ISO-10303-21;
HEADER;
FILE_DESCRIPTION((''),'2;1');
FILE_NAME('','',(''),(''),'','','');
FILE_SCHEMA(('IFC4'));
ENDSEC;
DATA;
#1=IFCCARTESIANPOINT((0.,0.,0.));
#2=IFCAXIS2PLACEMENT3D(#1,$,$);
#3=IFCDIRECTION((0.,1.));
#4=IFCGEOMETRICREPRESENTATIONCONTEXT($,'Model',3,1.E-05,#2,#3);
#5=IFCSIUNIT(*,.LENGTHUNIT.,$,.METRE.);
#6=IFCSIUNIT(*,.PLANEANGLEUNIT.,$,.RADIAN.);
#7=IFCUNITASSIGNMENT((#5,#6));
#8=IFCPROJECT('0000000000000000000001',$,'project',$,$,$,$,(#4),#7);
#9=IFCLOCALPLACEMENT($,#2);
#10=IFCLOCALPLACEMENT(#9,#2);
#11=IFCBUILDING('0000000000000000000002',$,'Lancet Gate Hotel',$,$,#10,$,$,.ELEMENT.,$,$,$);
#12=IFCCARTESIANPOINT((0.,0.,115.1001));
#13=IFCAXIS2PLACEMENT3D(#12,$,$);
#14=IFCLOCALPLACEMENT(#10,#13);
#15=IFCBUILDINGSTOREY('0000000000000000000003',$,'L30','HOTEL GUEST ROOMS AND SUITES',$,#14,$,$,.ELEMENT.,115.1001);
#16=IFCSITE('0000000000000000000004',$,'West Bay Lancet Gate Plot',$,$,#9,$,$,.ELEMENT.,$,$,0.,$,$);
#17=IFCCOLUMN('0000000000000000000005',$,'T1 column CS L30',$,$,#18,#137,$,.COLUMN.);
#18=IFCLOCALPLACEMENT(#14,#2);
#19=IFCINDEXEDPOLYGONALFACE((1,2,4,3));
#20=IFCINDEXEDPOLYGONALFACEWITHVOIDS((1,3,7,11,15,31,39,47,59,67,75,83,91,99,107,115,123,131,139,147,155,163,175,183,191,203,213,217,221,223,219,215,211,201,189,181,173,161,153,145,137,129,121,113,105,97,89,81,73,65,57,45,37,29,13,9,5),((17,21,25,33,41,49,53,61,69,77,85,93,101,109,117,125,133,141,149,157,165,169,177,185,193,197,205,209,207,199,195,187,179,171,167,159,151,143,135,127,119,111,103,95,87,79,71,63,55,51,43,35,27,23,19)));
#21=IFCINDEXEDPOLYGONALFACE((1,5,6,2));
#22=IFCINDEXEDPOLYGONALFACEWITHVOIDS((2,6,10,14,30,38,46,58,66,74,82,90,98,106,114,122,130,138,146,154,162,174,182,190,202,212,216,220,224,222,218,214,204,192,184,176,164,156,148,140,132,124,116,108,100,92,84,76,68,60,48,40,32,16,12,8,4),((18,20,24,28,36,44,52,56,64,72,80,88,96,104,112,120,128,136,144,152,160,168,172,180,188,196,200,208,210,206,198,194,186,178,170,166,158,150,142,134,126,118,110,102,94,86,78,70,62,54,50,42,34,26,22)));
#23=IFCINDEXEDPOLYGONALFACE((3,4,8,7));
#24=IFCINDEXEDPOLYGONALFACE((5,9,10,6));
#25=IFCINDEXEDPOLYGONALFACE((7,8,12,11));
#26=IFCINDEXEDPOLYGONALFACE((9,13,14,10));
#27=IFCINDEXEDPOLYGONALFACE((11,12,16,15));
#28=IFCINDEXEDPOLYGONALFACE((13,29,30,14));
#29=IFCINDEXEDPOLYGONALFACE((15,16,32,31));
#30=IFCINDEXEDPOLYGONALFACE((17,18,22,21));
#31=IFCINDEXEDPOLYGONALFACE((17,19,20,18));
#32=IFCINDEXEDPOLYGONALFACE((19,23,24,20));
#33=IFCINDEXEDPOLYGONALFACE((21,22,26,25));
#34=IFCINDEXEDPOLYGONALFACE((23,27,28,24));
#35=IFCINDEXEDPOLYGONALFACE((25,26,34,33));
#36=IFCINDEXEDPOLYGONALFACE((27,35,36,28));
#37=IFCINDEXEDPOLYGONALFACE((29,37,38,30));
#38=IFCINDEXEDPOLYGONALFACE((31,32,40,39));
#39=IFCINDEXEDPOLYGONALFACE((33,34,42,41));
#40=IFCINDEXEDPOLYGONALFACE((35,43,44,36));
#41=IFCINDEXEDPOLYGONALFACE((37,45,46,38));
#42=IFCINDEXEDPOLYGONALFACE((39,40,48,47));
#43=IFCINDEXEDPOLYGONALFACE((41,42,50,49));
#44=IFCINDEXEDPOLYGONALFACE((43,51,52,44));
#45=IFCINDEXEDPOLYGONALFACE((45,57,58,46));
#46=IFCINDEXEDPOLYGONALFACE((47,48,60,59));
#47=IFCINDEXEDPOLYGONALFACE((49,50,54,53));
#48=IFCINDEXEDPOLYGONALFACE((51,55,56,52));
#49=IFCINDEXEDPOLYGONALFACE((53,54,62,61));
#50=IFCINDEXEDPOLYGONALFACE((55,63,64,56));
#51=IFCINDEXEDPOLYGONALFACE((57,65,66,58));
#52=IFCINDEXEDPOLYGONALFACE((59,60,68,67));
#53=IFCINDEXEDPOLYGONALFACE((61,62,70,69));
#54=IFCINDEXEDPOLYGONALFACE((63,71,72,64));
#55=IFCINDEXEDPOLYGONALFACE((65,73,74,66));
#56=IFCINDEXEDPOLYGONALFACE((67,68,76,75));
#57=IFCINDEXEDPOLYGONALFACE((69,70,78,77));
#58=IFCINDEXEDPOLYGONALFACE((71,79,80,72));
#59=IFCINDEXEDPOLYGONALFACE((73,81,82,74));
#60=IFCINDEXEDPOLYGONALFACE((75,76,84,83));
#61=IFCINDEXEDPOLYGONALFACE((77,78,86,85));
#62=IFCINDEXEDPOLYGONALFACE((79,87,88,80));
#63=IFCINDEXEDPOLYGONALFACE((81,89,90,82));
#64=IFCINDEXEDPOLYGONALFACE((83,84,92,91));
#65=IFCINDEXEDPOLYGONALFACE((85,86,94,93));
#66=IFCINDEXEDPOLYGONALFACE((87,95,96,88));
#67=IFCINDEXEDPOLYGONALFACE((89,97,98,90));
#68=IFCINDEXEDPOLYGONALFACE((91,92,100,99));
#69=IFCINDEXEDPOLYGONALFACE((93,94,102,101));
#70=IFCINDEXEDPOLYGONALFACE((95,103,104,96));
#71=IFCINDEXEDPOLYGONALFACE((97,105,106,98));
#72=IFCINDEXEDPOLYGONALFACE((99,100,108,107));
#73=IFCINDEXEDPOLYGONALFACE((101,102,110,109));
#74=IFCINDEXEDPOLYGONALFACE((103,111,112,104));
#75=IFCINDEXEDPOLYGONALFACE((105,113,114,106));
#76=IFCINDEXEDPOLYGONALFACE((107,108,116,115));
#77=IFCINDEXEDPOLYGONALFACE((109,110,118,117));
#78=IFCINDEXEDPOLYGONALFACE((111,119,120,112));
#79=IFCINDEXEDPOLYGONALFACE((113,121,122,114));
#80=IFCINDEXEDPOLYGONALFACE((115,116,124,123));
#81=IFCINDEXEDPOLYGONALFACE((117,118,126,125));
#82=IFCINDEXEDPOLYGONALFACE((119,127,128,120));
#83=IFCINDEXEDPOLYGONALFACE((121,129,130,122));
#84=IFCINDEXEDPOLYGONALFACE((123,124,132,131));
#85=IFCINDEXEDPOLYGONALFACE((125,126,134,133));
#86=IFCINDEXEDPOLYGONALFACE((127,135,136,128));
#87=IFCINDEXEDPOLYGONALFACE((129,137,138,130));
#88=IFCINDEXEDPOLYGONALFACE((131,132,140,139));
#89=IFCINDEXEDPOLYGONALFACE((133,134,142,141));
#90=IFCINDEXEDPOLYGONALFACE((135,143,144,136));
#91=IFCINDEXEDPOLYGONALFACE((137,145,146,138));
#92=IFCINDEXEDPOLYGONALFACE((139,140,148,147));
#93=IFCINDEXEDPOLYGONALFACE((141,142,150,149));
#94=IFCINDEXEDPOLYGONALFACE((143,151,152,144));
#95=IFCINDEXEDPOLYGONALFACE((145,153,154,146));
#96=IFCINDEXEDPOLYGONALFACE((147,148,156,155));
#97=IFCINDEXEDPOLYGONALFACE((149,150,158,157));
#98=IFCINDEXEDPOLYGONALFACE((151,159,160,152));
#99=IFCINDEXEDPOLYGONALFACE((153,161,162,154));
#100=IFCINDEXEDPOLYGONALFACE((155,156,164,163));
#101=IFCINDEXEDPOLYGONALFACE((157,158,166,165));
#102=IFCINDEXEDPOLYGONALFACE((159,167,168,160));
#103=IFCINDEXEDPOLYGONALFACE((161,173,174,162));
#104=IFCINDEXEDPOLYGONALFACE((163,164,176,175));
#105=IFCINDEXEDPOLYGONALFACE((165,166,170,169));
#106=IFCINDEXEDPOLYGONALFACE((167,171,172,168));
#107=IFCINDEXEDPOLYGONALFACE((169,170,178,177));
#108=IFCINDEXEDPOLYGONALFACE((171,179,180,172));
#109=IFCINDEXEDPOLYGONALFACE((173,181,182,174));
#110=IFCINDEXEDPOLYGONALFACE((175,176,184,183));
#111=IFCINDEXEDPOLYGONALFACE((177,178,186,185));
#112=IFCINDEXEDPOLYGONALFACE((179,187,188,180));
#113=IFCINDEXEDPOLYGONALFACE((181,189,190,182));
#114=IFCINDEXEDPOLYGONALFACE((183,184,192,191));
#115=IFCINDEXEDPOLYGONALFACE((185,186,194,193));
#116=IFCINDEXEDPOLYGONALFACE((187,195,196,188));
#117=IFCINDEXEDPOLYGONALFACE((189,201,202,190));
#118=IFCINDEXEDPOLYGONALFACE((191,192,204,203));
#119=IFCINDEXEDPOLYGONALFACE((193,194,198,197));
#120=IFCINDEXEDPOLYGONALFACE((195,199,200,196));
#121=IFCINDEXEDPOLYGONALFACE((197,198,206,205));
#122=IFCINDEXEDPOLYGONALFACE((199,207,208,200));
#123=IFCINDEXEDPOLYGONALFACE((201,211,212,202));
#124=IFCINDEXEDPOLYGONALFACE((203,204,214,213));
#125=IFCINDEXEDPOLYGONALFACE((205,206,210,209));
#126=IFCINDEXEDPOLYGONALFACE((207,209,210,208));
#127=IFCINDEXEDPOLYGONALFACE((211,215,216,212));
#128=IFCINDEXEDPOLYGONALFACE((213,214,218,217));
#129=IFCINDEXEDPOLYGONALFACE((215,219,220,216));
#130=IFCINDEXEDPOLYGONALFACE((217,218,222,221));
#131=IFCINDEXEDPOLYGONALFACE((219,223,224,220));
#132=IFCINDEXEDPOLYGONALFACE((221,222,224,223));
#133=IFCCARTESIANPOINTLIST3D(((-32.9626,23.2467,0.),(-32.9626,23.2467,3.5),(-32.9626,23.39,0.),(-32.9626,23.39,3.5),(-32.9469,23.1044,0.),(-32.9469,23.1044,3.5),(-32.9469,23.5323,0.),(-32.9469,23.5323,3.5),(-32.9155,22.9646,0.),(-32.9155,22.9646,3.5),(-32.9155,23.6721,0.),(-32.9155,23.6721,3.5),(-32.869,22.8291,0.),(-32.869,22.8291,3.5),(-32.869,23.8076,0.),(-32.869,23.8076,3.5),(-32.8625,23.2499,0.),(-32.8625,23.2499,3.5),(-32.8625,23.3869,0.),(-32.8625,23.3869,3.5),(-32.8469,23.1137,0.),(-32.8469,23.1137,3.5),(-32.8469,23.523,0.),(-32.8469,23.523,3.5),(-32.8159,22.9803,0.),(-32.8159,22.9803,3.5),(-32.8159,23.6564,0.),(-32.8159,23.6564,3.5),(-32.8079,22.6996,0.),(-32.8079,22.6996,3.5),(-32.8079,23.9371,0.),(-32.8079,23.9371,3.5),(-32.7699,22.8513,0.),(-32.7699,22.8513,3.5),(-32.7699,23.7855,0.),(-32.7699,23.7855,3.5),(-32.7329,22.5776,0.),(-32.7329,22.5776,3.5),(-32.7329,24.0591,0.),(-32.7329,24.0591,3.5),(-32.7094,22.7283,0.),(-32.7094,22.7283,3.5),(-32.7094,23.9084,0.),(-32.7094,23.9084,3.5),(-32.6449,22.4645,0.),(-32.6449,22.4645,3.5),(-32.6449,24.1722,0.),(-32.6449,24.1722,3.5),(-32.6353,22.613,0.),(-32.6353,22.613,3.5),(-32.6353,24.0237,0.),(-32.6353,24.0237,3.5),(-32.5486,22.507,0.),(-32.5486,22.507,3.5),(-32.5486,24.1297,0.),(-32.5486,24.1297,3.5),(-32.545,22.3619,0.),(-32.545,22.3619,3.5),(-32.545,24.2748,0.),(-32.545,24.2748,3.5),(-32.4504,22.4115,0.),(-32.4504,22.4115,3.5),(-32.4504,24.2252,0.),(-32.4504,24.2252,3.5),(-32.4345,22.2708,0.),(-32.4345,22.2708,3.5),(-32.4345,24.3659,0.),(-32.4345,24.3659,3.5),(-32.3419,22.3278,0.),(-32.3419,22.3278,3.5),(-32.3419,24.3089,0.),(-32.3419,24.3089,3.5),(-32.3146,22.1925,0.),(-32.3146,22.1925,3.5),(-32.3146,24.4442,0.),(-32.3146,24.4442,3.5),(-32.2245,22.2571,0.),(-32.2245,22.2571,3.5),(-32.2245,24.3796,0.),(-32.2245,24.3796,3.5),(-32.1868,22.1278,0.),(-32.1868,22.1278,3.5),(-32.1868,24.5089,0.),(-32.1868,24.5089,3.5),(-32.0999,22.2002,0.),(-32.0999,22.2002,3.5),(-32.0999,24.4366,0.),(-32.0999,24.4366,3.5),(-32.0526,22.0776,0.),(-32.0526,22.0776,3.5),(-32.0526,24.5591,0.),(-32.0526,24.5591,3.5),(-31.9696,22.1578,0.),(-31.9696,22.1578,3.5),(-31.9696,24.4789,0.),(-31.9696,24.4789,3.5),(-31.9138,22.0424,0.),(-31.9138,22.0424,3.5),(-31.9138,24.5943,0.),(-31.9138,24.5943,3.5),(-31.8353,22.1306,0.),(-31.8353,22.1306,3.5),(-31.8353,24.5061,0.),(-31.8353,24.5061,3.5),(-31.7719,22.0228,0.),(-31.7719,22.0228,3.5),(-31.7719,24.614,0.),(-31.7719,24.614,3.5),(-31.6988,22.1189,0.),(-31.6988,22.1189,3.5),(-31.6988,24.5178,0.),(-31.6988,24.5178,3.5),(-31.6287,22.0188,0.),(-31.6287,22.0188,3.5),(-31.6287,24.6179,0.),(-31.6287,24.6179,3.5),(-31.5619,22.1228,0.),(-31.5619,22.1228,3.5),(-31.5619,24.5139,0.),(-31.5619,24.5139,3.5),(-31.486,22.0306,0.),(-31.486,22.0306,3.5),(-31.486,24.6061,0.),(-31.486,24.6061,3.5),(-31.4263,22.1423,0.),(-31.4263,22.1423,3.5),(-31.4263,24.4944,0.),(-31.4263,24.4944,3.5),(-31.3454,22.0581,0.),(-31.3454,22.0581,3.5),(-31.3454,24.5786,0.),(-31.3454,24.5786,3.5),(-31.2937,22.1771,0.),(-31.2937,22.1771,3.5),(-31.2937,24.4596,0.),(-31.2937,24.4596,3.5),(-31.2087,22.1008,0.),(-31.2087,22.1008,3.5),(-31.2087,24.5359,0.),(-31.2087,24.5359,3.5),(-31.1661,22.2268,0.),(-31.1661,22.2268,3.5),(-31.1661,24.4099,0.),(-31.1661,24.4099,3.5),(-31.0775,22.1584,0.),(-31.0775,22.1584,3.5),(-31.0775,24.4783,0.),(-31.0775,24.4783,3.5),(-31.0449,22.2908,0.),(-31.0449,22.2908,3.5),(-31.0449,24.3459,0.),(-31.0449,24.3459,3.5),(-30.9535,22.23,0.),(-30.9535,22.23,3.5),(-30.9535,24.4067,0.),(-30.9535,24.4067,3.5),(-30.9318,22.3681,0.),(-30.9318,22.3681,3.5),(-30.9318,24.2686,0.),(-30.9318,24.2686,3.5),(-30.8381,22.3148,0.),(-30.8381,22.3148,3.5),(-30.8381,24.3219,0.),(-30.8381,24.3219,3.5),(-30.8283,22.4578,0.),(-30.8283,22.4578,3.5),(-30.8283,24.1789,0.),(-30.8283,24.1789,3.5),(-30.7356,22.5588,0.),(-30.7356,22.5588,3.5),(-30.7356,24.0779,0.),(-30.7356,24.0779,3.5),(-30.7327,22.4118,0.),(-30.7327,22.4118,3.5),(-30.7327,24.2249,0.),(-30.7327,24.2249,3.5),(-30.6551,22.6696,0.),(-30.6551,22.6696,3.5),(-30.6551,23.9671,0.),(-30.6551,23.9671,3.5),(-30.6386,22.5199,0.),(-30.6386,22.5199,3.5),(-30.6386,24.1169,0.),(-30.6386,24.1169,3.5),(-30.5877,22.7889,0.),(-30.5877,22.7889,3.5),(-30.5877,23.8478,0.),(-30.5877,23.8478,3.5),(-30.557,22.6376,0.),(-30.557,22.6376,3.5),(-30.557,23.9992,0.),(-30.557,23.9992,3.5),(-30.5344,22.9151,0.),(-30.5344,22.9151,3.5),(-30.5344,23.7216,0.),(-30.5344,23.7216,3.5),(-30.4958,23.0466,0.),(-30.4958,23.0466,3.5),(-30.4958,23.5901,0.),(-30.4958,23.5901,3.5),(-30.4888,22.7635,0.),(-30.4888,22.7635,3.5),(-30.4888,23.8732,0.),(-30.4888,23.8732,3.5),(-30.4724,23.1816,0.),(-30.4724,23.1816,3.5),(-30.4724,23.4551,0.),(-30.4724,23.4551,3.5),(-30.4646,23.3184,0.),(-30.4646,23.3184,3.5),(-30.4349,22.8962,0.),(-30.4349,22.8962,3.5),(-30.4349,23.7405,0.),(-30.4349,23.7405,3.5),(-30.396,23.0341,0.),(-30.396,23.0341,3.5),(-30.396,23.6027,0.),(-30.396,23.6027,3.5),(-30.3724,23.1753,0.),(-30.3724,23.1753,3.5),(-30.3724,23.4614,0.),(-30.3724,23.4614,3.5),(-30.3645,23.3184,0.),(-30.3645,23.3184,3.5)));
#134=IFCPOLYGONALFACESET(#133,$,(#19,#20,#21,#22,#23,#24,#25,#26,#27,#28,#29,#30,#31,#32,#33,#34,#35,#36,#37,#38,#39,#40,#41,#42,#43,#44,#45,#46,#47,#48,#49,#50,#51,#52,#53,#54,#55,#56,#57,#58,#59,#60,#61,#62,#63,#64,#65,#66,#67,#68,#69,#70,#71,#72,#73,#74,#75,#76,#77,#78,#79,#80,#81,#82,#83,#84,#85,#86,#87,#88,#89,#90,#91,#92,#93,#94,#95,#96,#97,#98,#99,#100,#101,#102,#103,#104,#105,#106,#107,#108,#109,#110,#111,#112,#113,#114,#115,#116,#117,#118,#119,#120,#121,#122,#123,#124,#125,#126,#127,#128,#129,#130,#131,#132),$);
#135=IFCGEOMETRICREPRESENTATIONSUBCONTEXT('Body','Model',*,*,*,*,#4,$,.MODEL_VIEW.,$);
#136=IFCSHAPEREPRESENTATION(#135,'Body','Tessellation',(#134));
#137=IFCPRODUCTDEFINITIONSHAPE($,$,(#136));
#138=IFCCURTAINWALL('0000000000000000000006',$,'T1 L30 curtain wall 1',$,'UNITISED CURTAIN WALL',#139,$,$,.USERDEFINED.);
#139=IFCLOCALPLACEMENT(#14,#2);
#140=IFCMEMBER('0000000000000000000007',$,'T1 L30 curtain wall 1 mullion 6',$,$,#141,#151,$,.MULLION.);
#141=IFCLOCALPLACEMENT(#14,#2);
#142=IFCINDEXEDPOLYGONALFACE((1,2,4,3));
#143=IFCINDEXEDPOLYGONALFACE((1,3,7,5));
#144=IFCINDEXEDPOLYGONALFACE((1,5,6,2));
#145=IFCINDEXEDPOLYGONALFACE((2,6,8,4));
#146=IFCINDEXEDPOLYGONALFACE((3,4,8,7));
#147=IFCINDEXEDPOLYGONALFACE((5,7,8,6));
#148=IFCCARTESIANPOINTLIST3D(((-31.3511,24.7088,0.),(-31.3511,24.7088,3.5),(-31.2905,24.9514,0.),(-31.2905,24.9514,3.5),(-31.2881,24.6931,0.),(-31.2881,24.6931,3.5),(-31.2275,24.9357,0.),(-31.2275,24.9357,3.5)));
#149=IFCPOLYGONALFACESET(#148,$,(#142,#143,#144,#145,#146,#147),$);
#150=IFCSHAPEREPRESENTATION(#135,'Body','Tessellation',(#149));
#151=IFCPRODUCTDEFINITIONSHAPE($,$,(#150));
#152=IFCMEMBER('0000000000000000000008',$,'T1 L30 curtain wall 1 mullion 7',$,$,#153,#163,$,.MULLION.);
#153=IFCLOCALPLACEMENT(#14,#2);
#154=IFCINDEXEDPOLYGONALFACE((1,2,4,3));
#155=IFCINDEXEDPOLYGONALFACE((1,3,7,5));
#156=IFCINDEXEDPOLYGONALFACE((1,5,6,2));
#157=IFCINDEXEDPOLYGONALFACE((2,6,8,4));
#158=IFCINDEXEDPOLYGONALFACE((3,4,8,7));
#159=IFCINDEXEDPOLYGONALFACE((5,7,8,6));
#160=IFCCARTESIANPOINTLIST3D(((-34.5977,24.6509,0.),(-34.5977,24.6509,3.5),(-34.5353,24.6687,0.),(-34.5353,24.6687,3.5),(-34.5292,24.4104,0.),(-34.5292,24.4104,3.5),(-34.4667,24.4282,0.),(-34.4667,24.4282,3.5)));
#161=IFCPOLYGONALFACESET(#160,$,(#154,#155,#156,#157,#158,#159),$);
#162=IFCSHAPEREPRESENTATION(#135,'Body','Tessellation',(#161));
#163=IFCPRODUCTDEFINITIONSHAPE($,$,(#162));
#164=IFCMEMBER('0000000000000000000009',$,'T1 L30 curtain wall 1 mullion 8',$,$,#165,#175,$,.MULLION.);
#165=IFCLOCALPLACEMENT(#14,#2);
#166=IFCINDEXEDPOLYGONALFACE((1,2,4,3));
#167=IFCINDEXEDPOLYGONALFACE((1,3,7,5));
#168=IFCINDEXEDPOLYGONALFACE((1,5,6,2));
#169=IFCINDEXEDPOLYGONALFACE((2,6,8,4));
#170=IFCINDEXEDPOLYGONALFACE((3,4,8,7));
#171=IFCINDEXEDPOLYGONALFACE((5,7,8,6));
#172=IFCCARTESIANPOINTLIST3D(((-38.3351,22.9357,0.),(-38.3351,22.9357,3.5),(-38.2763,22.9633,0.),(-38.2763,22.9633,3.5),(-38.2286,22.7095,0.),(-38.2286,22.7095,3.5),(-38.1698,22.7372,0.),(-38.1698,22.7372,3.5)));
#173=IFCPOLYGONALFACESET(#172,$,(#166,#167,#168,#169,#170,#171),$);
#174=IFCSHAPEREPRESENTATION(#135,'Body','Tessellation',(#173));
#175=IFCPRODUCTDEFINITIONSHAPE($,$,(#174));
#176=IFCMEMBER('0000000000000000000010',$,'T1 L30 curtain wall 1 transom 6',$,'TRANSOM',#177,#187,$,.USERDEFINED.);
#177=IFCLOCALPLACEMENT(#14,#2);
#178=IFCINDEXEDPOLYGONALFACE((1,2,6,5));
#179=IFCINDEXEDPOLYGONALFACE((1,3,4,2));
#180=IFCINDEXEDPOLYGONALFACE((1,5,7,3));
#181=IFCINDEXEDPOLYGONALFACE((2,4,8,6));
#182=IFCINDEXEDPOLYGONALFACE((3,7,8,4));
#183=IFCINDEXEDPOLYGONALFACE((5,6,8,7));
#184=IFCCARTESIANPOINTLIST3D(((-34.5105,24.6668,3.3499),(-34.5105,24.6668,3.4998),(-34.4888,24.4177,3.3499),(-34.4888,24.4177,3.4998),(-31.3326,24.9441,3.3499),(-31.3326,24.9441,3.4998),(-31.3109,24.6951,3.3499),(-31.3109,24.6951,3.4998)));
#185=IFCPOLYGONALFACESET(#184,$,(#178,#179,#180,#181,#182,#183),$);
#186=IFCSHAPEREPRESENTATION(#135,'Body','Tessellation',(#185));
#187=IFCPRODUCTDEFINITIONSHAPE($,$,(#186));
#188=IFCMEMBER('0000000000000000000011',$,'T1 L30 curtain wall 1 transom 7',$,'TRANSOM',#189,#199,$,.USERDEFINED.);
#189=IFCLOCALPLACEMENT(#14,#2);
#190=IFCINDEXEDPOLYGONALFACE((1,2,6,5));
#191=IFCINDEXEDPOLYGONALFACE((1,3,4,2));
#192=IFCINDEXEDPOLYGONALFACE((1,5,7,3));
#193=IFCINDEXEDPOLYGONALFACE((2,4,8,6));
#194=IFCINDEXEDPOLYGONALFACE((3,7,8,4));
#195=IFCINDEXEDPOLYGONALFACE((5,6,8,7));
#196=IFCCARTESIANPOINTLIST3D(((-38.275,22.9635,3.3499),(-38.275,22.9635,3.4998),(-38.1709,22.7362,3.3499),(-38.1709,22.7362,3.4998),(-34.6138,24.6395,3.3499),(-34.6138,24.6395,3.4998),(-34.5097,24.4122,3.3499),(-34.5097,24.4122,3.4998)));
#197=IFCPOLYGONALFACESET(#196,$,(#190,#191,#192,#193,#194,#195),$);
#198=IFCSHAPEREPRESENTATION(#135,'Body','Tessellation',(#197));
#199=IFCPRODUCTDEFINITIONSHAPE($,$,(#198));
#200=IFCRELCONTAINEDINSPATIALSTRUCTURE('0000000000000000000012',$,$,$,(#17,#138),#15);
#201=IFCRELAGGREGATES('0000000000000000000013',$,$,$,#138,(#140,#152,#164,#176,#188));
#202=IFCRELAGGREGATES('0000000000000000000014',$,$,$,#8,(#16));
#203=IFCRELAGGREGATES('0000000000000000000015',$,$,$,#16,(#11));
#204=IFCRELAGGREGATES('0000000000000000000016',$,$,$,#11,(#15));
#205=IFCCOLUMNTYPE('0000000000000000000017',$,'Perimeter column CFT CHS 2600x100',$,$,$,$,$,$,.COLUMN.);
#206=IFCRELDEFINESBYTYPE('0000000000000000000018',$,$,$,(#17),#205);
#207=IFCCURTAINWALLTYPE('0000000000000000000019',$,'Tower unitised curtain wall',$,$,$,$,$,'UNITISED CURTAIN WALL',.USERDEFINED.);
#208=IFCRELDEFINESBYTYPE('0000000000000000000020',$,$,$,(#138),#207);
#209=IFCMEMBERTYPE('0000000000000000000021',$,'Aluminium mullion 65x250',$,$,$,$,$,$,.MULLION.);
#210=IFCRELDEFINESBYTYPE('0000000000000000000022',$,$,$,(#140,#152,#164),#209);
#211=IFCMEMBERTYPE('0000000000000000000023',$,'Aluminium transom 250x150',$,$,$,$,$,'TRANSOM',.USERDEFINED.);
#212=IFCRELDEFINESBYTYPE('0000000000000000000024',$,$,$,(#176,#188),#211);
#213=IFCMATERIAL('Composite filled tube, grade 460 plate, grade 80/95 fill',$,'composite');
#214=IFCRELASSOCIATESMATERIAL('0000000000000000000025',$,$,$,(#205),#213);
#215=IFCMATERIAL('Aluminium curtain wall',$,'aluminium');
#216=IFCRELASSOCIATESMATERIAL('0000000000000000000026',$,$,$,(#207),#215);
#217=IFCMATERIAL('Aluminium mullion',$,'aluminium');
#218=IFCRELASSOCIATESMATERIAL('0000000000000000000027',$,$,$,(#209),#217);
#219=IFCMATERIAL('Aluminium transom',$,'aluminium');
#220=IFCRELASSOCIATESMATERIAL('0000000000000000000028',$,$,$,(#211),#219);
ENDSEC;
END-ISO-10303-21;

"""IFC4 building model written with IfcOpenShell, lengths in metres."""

from ifc_helpers import new_model, si_unit, direction, frame, origin, origin_2d, place, context, subcontext, project, spatial, rectangle, hollow_circle, extrude, material, material_profile, profile_set, type_object, element, aggregate, save


model = new_model("IFC4")

# Units and contexts
model_context = context("Model", 3, precision=1e-05, world=origin(), true_north=direction((0.0, 1.0)))
body_context = subcontext(model_context, "Body", "Model", "MODEL_VIEW")
ifc_project = project(units=[si_unit("LENGTHUNIT", "METRE"), si_unit("PLANEANGLEUNIT", "RADIAN")], contexts=[model_context])

# Site, building, storey
site_placement = place(None, origin())
site = spatial("IfcSite", under=ifc_project, at=site_placement, Name="West Bay Lancet Gate Plot", CompositionType="ELEMENT", RefElevation=0.0)
building_placement = place(site_placement, origin())
building = spatial("IfcBuilding", under=site, at=building_placement, Name="Lancet Gate Hotel", CompositionType="ELEMENT")
storey_placement = place(building_placement, frame((0.0, 0.0, 115.1001)))
storey = spatial("IfcBuildingStorey", under=building, at=storey_placement, Name="L30", Description="HOTEL GUEST ROOMS AND SUITES", CompositionType="ELEMENT", Elevation=115.1001)

# Column
ifc_material_1 = material(Name="Composite filled tube, grade 460 plate, grade 80/95 fill", Category="composite")
ifc_material_profile_1 = material_profile(ifc_material_1, hollow_circle(Radius=1.3, WallThickness=0.1001, at=origin_2d()), Name="CHS 2600x100")
ifc_profile_set_1 = profile_set([ifc_material_profile_1], Name="Composite filled tube, grade 460 plate, grade 80/95 fill")
column_type = type_object("IfcColumnType", Name="Perimeter column CFT CHS 2600x100", PredefinedType="COLUMN", material=ifc_profile_set_1)
column_placement = place(storey_placement, frame((-31.6646, 23.3184, 0.0), z_axis=(0.0, 0.0, 1.0), x_axis=(1.0, 0.0, 0.0)))
element("IfcColumn", 1, at=column_placement, inside=storey, type_object=column_type, Name="T1 column CS L30", PredefinedType="COLUMN", context=body_context, shape_type="SweptSolid", body=[
    extrude(hollow_circle(Radius=1.3, WallThickness=0.1001, at=origin_2d()), origin(), (0.0, 0.0, 1.0), 3.5),
])

# Curtain wall, members
ifc_material_2 = material(Name="Aluminium curtain wall", Category="aluminium")
curtain_wall_type = type_object("IfcCurtainWallType", Name="Tower unitised curtain wall", ElementType="UNITISED CURTAIN WALL", PredefinedType="USERDEFINED", material=ifc_material_2)
curtain_wall_placement = place(storey_placement, origin())
curtain_wall = element("IfcCurtainWall", 2, at=curtain_wall_placement, inside=storey, type_object=curtain_wall_type, Name="T1 L30 curtain wall 1", ObjectType="UNITISED CURTAIN WALL", PredefinedType="USERDEFINED")
ifc_material_3 = material(Name="Aluminium mullion", Category="aluminium")
ifc_material_profile_2 = material_profile(ifc_material_3, rectangle(XDim=0.0649, YDim=0.25, at=origin_2d()), Name="MULLION 65x250")
ifc_profile_set_2 = profile_set([ifc_material_profile_2], Name="Aluminium mullion")
member_type_1 = type_object("IfcMemberType", Name="Aluminium mullion 65x250", PredefinedType="MULLION", material=ifc_profile_set_2)
member_1_placement = place(storey_placement, frame((-31.2893, 24.8223, 0.0), z_axis=(0.0, 0.0, 1.0), x_axis=(-0.970242, 0.242137, 0.0)))
member_1 = element("IfcMember", 3, at=member_1_placement, type_object=member_type_1, Name="T1 L30 curtain wall 1 mullion 6", PredefinedType="MULLION", context=body_context, shape_type="SweptSolid", body=[
    extrude(rectangle(XDim=0.0649, YDim=0.25, at=origin_2d()), origin(), (0.0, 0.0, 1.0), 3.5),
])
member_2_placement = place(storey_placement, frame((-34.5322, 24.5396, 0.0), z_axis=(0.0, 0.0, 1.0), x_axis=(-0.961653, -0.274268, 0.0)))
member_2 = element("IfcMember", 4, at=member_2_placement, type_object=member_type_1, Name="T1 L30 curtain wall 1 mullion 7", PredefinedType="MULLION", context=body_context, shape_type="SweptSolid", body=[
    extrude(rectangle(XDim=0.0649, YDim=0.25, at=origin_2d()), origin(), (0.0, 0.0, 1.0), 3.5),
])
member_3_placement = place(storey_placement, frame((-38.2524, 22.8364, 0.0), z_axis=(0.0, 0.0, 1.0), x_axis=(-0.90472, -0.426008, 0.0)))
member_3 = element("IfcMember", 5, at=member_3_placement, type_object=member_type_1, Name="T1 L30 curtain wall 1 mullion 8", PredefinedType="MULLION", context=body_context, shape_type="SweptSolid", body=[
    extrude(rectangle(XDim=0.0649, YDim=0.25, at=origin_2d()), origin(), (0.0, 0.0, 1.0), 3.5),
])
ifc_material_4 = material(Name="Aluminium transom", Category="aluminium")
ifc_material_profile_3 = material_profile(ifc_material_4, rectangle(XDim=0.25, YDim=0.1499, at=origin_2d()), Name="TRANSOM 250x150")
ifc_profile_set_3 = profile_set([ifc_material_profile_3], Name="Aluminium transom")
member_type_2 = type_object("IfcMemberType", Name="Aluminium transom 250x150", ElementType="TRANSOM", PredefinedType="USERDEFINED", material=ifc_profile_set_3)
member_4_placement = place(storey_placement, frame((-31.3218, 24.8196, 3.4248), z_axis=(-0.996214, -0.08694, 0.0), x_axis=(0.08694, -0.996214, 0.0)))
member_4 = element("IfcMember", 6, at=member_4_placement, type_object=member_type_2, Name="T1 L30 curtain wall 1 transom 6", ObjectType="TRANSOM", PredefinedType="USERDEFINED", context=body_context, shape_type="SweptSolid", body=[
    extrude(rectangle(XDim=0.25, YDim=0.1499, at=origin_2d()), origin(), (0.0, 0.0, 1.0), 3.1899),
])
member_5_placement = place(storey_placement, frame((-34.5618, 24.5259, 3.4248), z_axis=(-0.909252, -0.416245, 0.0), x_axis=(0.416245, -0.909252, 0.0)))
member_5 = element("IfcMember", 7, at=member_5_placement, type_object=member_type_2, Name="T1 L30 curtain wall 1 transom 7", ObjectType="TRANSOM", PredefinedType="USERDEFINED", context=body_context, shape_type="SweptSolid", body=[
    extrude(rectangle(XDim=0.25, YDim=0.1499, at=origin_2d()), origin(), (0.0, 0.0, 1.0), 4.0266),
])

aggregate(curtain_wall, [member_1, member_2, member_3, member_4, member_5])

save(model, "model.ifc")
